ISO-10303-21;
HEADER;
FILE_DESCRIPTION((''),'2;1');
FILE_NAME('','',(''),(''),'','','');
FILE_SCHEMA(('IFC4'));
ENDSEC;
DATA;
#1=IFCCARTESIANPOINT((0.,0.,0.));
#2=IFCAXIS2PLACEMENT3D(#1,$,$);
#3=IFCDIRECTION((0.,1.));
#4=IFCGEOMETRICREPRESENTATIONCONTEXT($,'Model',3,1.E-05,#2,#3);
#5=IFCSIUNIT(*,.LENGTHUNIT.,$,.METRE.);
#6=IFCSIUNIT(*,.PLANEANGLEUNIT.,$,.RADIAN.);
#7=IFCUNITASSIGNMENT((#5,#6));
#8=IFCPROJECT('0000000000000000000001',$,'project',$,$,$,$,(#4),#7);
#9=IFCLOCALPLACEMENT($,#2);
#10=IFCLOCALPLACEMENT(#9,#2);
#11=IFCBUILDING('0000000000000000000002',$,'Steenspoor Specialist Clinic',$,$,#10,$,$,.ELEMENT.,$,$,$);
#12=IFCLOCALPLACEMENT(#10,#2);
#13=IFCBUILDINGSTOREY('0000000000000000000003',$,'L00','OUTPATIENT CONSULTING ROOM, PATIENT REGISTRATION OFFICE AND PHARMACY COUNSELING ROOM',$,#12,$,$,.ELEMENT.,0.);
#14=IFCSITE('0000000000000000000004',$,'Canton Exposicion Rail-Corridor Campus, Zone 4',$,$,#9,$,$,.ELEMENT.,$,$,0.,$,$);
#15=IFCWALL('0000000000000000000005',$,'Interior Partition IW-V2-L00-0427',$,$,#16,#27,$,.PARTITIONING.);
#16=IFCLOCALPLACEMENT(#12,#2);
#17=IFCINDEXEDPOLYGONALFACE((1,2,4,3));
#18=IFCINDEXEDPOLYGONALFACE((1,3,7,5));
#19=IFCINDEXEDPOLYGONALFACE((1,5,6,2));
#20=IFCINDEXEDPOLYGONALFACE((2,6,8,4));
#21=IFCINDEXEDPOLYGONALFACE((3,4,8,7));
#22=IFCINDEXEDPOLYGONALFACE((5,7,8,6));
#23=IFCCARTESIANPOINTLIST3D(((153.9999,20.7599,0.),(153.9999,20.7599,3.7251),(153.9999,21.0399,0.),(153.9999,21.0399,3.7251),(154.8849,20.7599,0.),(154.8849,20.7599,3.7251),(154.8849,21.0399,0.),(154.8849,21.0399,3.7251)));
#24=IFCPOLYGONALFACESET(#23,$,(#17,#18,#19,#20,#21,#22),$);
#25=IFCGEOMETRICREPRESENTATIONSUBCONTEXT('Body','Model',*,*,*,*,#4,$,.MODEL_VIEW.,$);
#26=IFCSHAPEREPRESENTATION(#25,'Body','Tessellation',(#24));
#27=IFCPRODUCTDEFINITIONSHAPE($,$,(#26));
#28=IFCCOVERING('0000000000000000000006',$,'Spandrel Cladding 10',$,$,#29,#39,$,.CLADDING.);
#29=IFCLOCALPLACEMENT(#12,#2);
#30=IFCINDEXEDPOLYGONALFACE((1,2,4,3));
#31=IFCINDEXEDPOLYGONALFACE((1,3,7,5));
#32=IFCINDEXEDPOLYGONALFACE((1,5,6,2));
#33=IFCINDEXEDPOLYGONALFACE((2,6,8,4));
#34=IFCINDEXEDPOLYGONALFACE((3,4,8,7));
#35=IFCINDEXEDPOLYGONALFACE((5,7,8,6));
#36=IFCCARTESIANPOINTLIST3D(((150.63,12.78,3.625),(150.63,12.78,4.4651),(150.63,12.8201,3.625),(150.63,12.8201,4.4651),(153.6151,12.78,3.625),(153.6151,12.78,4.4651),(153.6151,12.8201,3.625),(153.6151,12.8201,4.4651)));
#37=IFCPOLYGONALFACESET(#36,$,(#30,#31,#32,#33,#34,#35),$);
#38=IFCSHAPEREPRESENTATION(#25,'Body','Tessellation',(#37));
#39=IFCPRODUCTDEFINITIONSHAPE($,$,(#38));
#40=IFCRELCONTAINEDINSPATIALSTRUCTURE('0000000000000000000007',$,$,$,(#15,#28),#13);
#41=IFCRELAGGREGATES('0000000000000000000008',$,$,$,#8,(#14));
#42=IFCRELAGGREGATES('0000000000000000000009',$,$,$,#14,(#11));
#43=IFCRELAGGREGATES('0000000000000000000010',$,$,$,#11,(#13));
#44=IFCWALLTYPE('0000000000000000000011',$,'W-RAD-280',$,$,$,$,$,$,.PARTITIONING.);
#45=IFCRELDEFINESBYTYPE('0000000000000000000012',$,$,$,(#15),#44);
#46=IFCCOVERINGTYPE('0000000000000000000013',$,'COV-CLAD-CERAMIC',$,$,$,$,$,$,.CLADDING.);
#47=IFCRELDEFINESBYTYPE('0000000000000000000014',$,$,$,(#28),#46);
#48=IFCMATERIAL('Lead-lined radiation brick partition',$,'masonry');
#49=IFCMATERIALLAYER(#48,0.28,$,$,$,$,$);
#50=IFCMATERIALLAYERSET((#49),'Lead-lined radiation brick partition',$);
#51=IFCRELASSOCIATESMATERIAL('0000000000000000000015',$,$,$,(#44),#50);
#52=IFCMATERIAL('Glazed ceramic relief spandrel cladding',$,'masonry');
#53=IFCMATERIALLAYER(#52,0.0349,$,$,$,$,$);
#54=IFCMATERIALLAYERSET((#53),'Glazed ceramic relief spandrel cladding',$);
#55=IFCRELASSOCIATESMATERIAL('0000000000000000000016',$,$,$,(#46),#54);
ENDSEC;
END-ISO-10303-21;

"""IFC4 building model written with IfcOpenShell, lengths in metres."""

from ifc_helpers import new_model, si_unit, direction, frame, frame_2d, origin, origin_2d, place, context, subcontext, project, spatial, rectangle, extrude, material, layer, layer_set, type_object, element, save


model = new_model("IFC4")

# Units and contexts
model_context = context("Model", 3, precision=1e-05, world=origin(), true_north=direction((0.0, 1.0)))
body_context = subcontext(model_context, "Body", "Model", "MODEL_VIEW")
ifc_project = project(units=[si_unit("LENGTHUNIT", "METRE"), si_unit("PLANEANGLEUNIT", "RADIAN")], contexts=[model_context])

# Site, building, storey
site_placement = place(None, origin())
site = spatial("IfcSite", under=ifc_project, at=site_placement, Name="Canton Exposicion Rail-Corridor Campus, Zone 4", CompositionType="ELEMENT", RefElevation=0.0)
building_placement = place(site_placement, origin())
building = spatial("IfcBuilding", under=site, at=building_placement, Name="Steenspoor Specialist Clinic", CompositionType="ELEMENT")
storey_placement = place(building_placement, origin())
storey = spatial("IfcBuildingStorey", under=building, at=storey_placement, Name="L00", Description="OUTPATIENT CONSULTING ROOM, PATIENT REGISTRATION OFFICE AND PHARMACY COUNSELING ROOM", CompositionType="ELEMENT", Elevation=0.0)

# Wall
ifc_material_1 = material(Name="Lead-lined radiation brick partition", Category="masonry")
ifc_layer_1 = layer(ifc_material_1, 0.28)
ifc_layer_set_1 = layer_set([ifc_layer_1], Name="Lead-lined radiation brick partition")
wall_type_1 = type_object("IfcWallType", Name="W-RAD-280", PredefinedType="PARTITIONING", material=ifc_layer_set_1)
wall_1_placement = place(storey_placement, frame((154.0, 20.8999, 0.0), z_axis=(0.0, 0.0, 1.0), x_axis=(1.0, 0.0, 0.0)))
element("IfcWall", 1, at=wall_1_placement, inside=storey, type_object=wall_type_1, Name="Interior Partition IW-V2-L00-0427", PredefinedType="PARTITIONING", context=body_context, shape_type="SweptSolid", body=[
    extrude(rectangle(XDim=0.885, YDim=0.28, at=frame_2d((0.4424, 0.0))), origin(), (0.0, 0.0, 1.0), 3.7251),
])

# Covering
ifc_material_2 = material(Name="Glazed ceramic relief spandrel cladding", Category="masonry")
ifc_layer_2 = layer(ifc_material_2, 0.0349)
ifc_layer_set_2 = layer_set([ifc_layer_2], Name="Glazed ceramic relief spandrel cladding")
covering_type = type_object("IfcCoveringType", Name="COV-CLAD-CERAMIC", PredefinedType="CLADDING", material=ifc_layer_set_2)
covering_placement = place(storey_placement, frame((152.1226, 12.8, 3.625), z_axis=(0.0, 0.0, 1.0), x_axis=(-1.0, 0.0, 0.0)))
element("IfcCovering", 2, at=covering_placement, inside=storey, type_object=covering_type, Name="Spandrel Cladding 10", PredefinedType="CLADDING", context=body_context, shape_type="SweptSolid", body=[
    extrude(rectangle(XDim=2.9851, YDim=0.04, at=origin_2d()), origin(), (0.0, 0.0, 1.0), 0.8401),
])

save(model, "model.ifc")
